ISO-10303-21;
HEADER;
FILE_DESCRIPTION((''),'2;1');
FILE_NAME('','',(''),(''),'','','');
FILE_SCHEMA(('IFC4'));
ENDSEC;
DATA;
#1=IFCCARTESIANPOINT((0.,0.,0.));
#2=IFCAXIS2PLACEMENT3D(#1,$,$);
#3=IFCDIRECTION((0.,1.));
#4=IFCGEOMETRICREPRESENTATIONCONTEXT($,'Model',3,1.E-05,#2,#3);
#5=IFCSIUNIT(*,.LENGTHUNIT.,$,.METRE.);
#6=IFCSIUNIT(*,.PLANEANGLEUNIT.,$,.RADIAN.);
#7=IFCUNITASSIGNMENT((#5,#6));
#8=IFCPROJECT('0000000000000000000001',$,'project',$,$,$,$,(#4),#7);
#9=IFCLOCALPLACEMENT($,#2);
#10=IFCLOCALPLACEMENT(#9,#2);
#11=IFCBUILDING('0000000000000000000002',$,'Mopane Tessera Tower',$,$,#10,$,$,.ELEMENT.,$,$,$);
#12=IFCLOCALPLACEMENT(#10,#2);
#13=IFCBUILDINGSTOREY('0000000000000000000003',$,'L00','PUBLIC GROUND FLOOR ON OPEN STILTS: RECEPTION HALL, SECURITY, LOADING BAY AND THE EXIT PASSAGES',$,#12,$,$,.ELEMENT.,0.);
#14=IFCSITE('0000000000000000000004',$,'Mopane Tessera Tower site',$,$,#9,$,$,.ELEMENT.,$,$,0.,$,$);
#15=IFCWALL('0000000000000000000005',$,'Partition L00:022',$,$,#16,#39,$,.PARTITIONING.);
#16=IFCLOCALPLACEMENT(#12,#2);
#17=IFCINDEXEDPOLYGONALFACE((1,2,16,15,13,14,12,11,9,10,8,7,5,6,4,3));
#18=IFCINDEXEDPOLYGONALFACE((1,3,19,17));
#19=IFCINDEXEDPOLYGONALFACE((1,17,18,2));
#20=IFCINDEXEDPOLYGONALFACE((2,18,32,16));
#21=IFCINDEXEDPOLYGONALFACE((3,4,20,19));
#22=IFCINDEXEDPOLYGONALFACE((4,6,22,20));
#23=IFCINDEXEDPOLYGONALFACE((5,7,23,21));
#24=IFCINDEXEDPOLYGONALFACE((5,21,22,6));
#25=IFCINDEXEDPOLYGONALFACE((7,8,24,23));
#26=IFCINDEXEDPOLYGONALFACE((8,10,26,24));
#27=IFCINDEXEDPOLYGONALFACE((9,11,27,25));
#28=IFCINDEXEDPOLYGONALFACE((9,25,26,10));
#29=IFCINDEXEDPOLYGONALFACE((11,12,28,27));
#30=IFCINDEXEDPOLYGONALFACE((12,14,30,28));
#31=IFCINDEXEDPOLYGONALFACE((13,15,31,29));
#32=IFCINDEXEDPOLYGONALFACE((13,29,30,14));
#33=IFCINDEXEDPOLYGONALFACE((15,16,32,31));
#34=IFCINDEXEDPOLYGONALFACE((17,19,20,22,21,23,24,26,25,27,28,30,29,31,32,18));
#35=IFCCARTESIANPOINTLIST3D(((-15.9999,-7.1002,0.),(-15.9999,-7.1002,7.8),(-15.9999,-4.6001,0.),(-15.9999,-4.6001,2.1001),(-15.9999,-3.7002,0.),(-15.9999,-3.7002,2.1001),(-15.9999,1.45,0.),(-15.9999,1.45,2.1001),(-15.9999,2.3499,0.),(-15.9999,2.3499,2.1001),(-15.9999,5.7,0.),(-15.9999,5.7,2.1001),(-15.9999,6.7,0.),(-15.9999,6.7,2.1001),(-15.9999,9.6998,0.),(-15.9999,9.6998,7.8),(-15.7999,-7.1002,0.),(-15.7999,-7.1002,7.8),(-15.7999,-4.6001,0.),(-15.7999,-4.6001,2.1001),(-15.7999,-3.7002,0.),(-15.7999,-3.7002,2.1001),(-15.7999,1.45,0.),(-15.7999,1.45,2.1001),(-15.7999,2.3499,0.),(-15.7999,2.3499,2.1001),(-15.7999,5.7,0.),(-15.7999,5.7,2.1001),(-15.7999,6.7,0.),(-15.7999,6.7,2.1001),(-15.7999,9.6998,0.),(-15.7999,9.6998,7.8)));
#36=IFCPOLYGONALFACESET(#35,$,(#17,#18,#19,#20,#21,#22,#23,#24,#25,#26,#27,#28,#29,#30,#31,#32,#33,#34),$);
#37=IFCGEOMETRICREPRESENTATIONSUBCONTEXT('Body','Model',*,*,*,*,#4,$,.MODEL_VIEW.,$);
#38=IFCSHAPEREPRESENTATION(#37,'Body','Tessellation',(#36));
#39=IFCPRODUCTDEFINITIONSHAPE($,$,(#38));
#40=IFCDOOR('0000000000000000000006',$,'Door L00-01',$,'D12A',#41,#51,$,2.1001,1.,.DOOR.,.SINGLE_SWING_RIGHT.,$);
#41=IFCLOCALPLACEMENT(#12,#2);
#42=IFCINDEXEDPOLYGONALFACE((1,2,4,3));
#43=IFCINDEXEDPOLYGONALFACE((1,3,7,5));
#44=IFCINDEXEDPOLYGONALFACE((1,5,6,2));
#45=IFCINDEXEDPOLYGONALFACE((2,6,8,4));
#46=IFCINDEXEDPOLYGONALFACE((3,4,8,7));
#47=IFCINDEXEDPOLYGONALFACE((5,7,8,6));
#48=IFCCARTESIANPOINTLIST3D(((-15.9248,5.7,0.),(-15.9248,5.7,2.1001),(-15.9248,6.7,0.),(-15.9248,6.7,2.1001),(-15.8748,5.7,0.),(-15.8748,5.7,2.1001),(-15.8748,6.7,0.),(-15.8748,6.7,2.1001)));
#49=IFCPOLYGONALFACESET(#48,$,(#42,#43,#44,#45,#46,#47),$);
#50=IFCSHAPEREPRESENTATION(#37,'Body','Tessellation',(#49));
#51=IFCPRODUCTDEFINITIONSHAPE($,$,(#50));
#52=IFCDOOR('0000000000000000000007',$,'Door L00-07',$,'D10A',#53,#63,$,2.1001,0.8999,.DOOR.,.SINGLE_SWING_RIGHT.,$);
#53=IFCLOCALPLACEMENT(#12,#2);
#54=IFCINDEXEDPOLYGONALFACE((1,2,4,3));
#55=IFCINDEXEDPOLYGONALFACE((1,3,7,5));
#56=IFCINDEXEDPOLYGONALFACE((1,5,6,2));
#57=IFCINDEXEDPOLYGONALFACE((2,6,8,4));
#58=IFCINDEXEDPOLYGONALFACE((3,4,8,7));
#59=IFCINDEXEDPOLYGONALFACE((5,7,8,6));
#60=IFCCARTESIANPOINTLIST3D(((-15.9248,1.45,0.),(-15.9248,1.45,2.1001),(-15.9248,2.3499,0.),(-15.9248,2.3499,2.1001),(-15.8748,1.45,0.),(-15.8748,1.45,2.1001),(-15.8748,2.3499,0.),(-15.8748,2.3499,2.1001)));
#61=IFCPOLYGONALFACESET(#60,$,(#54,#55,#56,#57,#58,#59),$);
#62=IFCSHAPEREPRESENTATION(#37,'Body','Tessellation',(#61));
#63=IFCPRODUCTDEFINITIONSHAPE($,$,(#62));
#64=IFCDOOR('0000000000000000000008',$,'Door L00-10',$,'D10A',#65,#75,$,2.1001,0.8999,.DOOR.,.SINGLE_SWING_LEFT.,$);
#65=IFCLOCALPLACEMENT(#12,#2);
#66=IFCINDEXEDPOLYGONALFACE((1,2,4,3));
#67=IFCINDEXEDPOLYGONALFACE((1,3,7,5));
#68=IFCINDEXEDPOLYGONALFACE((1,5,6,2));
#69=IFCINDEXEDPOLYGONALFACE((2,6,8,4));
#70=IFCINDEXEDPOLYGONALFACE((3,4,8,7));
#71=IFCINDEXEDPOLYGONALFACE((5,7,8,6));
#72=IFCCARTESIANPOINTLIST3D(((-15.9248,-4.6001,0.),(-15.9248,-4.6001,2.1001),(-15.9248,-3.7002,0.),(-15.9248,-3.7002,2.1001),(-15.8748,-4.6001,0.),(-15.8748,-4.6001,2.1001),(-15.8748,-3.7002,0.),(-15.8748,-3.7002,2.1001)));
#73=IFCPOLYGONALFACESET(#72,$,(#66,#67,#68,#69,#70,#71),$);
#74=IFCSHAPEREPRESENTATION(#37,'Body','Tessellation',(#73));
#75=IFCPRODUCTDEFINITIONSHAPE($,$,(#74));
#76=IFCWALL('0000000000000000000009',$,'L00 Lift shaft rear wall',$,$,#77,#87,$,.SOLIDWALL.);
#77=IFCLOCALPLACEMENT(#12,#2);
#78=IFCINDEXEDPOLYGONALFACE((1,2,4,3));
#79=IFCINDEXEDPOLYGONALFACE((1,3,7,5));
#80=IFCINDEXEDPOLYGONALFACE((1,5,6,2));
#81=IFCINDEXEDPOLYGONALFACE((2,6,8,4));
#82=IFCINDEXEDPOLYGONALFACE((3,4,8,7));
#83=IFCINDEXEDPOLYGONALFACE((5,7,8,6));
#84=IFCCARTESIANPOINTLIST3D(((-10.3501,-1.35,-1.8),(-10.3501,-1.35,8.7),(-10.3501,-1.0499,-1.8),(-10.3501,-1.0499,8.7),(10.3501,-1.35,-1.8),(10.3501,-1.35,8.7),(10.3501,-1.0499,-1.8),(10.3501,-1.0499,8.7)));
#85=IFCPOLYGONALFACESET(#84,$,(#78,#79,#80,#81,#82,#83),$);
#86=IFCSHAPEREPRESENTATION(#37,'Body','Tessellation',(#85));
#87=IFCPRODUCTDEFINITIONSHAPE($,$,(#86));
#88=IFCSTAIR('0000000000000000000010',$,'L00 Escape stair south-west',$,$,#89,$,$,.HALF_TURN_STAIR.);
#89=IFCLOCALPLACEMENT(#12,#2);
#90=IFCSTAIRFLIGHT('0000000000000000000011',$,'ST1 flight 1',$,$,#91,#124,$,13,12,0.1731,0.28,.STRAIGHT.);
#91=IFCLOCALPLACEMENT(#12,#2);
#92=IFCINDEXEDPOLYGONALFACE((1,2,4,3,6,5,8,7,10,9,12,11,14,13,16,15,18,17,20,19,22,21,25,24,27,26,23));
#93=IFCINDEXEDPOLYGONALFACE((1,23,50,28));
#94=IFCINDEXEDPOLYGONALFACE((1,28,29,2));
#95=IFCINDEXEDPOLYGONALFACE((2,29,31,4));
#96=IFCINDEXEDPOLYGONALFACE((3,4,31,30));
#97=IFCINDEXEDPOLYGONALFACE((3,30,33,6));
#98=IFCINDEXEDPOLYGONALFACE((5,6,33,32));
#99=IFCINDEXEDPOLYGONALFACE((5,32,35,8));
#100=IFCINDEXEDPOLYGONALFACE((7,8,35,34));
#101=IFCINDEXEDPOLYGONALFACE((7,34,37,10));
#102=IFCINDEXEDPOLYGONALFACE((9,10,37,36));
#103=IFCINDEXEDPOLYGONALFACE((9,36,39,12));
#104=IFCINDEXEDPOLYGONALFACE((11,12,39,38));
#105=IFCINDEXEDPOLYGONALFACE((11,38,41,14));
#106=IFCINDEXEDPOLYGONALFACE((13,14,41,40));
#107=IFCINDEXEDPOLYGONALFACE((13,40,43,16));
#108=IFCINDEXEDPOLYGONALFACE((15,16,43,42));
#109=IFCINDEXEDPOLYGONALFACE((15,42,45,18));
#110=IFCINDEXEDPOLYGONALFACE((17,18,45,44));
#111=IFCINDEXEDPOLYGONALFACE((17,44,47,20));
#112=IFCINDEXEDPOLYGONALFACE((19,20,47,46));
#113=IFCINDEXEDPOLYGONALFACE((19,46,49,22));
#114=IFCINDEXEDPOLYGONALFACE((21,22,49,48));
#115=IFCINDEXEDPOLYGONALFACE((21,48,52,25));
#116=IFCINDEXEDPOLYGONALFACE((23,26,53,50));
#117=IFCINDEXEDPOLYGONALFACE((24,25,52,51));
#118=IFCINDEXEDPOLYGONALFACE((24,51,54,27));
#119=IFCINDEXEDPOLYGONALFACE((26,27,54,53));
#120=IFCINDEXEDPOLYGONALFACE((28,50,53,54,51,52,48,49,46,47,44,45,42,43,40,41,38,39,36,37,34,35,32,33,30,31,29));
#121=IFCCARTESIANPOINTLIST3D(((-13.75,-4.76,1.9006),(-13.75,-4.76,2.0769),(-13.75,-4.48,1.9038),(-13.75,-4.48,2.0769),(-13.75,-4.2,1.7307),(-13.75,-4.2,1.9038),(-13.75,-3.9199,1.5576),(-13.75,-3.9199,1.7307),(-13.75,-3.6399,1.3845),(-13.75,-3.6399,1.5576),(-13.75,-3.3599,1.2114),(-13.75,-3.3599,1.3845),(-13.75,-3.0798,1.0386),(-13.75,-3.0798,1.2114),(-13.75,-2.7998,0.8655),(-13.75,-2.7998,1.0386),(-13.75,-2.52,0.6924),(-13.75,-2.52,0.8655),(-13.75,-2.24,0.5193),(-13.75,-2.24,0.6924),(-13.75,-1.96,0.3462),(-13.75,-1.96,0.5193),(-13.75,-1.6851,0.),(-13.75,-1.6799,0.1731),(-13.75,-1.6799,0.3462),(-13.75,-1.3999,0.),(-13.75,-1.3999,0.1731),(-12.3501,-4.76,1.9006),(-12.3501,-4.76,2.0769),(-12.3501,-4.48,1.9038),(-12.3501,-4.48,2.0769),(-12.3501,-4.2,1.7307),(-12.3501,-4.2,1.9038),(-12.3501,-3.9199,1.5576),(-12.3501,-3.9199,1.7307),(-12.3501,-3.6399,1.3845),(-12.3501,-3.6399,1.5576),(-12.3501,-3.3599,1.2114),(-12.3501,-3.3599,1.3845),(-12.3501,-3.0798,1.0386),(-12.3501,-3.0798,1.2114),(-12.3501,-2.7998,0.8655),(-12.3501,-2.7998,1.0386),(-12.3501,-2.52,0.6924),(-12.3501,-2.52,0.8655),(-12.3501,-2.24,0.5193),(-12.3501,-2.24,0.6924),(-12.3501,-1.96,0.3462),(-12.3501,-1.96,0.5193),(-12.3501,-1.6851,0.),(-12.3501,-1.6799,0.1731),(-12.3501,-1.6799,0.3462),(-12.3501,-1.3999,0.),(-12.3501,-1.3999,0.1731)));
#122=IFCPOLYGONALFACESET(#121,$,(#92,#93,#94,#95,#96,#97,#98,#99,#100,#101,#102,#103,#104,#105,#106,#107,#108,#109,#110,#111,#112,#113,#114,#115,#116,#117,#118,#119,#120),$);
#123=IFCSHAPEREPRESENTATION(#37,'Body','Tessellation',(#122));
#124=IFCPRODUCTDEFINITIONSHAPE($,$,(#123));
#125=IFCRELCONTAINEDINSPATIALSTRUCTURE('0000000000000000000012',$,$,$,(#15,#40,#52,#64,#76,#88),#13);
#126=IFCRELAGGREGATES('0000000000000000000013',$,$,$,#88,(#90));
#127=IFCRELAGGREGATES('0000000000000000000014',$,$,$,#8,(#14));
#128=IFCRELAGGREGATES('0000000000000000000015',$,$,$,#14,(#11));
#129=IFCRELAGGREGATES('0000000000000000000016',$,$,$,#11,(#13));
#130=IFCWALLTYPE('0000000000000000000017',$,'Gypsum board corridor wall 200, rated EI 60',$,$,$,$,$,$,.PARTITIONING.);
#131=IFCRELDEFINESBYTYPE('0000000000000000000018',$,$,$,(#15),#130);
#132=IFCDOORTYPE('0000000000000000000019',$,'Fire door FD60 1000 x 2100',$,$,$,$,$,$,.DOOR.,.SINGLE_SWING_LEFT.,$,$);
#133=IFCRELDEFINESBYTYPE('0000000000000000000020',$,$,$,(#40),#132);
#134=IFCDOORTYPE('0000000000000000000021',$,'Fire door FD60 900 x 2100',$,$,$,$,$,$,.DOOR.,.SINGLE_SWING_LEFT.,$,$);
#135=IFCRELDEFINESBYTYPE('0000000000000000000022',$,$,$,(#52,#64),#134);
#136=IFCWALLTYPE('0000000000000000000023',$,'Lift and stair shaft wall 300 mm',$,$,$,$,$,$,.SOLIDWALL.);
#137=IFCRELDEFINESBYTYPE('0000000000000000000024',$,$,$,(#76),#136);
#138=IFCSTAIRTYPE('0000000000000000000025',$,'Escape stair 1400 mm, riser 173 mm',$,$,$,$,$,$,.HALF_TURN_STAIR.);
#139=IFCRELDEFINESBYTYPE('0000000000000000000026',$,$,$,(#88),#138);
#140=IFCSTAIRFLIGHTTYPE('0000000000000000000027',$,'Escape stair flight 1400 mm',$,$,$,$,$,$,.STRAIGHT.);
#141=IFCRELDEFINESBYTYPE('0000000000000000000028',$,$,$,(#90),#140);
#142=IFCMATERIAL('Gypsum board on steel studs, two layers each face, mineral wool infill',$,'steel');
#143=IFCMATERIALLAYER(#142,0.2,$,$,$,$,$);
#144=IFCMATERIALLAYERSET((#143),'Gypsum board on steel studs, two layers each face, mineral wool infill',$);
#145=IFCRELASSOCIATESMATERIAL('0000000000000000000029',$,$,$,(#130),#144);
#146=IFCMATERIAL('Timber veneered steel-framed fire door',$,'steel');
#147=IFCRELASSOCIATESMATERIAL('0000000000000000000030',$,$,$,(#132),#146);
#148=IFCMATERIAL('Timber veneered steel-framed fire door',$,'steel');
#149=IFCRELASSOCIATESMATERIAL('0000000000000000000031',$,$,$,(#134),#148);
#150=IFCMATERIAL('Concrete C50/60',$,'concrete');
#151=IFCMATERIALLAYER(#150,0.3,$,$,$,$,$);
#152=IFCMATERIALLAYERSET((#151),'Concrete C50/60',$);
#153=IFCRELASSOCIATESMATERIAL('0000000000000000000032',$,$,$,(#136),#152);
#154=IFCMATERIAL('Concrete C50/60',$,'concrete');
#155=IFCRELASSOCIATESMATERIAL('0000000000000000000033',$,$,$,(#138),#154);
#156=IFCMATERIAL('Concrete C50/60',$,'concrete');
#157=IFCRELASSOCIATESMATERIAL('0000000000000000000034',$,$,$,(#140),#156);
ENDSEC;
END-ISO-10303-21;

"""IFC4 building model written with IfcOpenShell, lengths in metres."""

from ifc_helpers import new_model, si_unit, direction, frame, frame_2d, origin, place, context, subcontext, project, spatial, polyline, rectangle, outline, extrude, material, layer, layer_set, type_object, element, fill, aggregate, save


model = new_model("IFC4")

# Units and contexts
model_context = context("Model", 3, precision=1e-05, world=origin(), true_north=direction((0.0, 1.0)))
body_context = subcontext(model_context, "Body", "Model", "MODEL_VIEW")
ifc_project = project(units=[si_unit("LENGTHUNIT", "METRE"), si_unit("PLANEANGLEUNIT", "RADIAN")], contexts=[model_context])

# Site, building, storey
site_placement = place(None, origin())
site = spatial("IfcSite", under=ifc_project, at=site_placement, Name="Mopane Tessera Tower site", CompositionType="ELEMENT", RefElevation=0.0)
building_placement = place(site_placement, origin())
building = spatial("IfcBuilding", under=site, at=building_placement, Name="Mopane Tessera Tower", CompositionType="ELEMENT")
storey_placement = place(building_placement, origin())
storey = spatial("IfcBuildingStorey", under=building, at=storey_placement, Name="L00", Description="PUBLIC GROUND FLOOR ON OPEN STILTS: RECEPTION HALL, SECURITY, LOADING BAY AND THE EXIT PASSAGES", CompositionType="ELEMENT", Elevation=0.0)

# Wall, openings, doors
ifc_material_1 = material(Name="Gypsum board on steel studs, two layers each face, mineral wool infill", Category="steel")
ifc_layer_1 = layer(ifc_material_1, 0.2)
ifc_layer_set_1 = layer_set([ifc_layer_1], Name="Gypsum board on steel studs, two layers each face, mineral wool infill")
wall_type_1 = type_object("IfcWallType", Name="Gypsum board corridor wall 200, rated EI 60", PredefinedType="PARTITIONING", material=ifc_layer_set_1)
wall_1_placement = place(storey_placement, frame((-15.8999, -7.1001, 0.0), z_axis=(0.0, 0.0, 1.0), x_axis=(0.0, 1.0, 0.0)))
wall_1 = element("IfcWall", 1, at=wall_1_placement, inside=storey, type_object=wall_type_1, Name="Partition L00:022", PredefinedType="PARTITIONING", context=body_context, shape_type="SweptSolid", body=[
    extrude(rectangle(XDim=16.8, YDim=0.2, at=frame_2d((8.3999, 0.0))), origin(), (0.0, 0.0, 1.0), 7.8),
])
opening_1_placement = place(wall_1_placement, frame((12.8, 0.0, 0.0)))
opening_1 = element("IfcOpeningElement", 2, at=opening_1_placement, cuts=wall_1, PredefinedType="OPENING", context=body_context, shape_type="SweptSolid", body=[
    extrude(rectangle(XDim=1.0, YDim=2.1001, at=frame_2d((0.5, 1.05))), frame((0.0, 0.1121, 0.0), z_axis=(0.0, -1.0, 0.0), x_axis=(1.0, 0.0, 0.0)), (0.0, 0.0, 1.0), 0.2239),
])
opening_2_placement = place(wall_1_placement, frame((8.55, 0.0, 0.0)))
opening_2 = element("IfcOpeningElement", 3, at=opening_2_placement, cuts=wall_1, PredefinedType="OPENING", context=body_context, shape_type="SweptSolid", body=[
    extrude(rectangle(XDim=0.8999, YDim=2.1001, at=frame_2d((0.45, 1.05))), frame((0.0, 0.1121, 0.0), z_axis=(0.0, -1.0, 0.0), x_axis=(1.0, 0.0, 0.0)), (0.0, 0.0, 1.0), 0.2239),
])
opening_3_placement = place(wall_1_placement, frame((2.5, 0.0, 0.0)))
opening_3 = element("IfcOpeningElement", 4, at=opening_3_placement, cuts=wall_1, PredefinedType="OPENING", context=body_context, shape_type="SweptSolid", body=[
    extrude(rectangle(XDim=0.8999, YDim=2.1001, at=frame_2d((0.45, 1.05))), frame((0.0, 0.1121, 0.0), z_axis=(0.0, -1.0, 0.0), x_axis=(1.0, 0.0, 0.0)), (0.0, 0.0, 1.0), 0.2239),
])
ifc_material_2 = material(Name="Timber veneered steel-framed fire door", Category="steel")
door_type_1 = type_object("IfcDoorType", Name="Fire door FD60 1000 x 2100", OperationType="SINGLE_SWING_LEFT", PredefinedType="DOOR", material=ifc_material_2)
door_1_placement = place(opening_1_placement, origin())
door_1 = element("IfcDoor", 5, at=door_1_placement, inside=storey, type_object=door_type_1, Name="Door L00-01", ObjectType="D12A", OperationType="SINGLE_SWING_RIGHT", OverallHeight=2.1001, OverallWidth=1.0, PredefinedType="DOOR", context=body_context, shape_type="SweptSolid", body=[
    extrude(rectangle(XDim=1.0, YDim=2.1001, at=frame_2d((0.5, 1.05))), frame((0.0, 0.0249, 0.0), z_axis=(0.0, -1.0, 0.0), x_axis=(1.0, 0.0, 0.0)), (0.0, 0.0, 1.0), 0.05),
])
fill(opening_1, door_1)
ifc_material_3 = material(Name="Timber veneered steel-framed fire door", Category="steel")
door_type_2 = type_object("IfcDoorType", Name="Fire door FD60 900 x 2100", OperationType="SINGLE_SWING_LEFT", PredefinedType="DOOR", material=ifc_material_3)
door_2_placement = place(opening_2_placement, origin())
door_2 = element("IfcDoor", 6, at=door_2_placement, inside=storey, type_object=door_type_2, Name="Door L00-07", ObjectType="D10A", OperationType="SINGLE_SWING_RIGHT", OverallHeight=2.1001, OverallWidth=0.8999, PredefinedType="DOOR", context=body_context, shape_type="SweptSolid", body=[
    extrude(rectangle(XDim=0.8999, YDim=2.1001, at=frame_2d((0.45, 1.05))), frame((0.0, 0.0249, 0.0), z_axis=(0.0, -1.0, 0.0), x_axis=(1.0, 0.0, 0.0)), (0.0, 0.0, 1.0), 0.05),
])
fill(opening_2, door_2)
door_3_placement = place(opening_3_placement, origin())
door_3 = element("IfcDoor", 7, at=door_3_placement, inside=storey, type_object=door_type_2, Name="Door L00-10", ObjectType="D10A", OperationType="SINGLE_SWING_LEFT", OverallHeight=2.1001, OverallWidth=0.8999, PredefinedType="DOOR", context=body_context, shape_type="SweptSolid", body=[
    extrude(rectangle(XDim=0.8999, YDim=2.1001, at=frame_2d((0.45, 1.05))), frame((0.0, 0.0249, 0.0), z_axis=(0.0, -1.0, 0.0), x_axis=(1.0, 0.0, 0.0)), (0.0, 0.0, 1.0), 0.05),
])
fill(opening_3, door_3)

# Wall
ifc_material_4 = material(Name="Concrete C50/60", Category="concrete")
ifc_layer_2 = layer(ifc_material_4, 0.3)
ifc_layer_set_2 = layer_set([ifc_layer_2], Name="Concrete C50/60")
wall_type_2 = type_object("IfcWallType", Name="Lift and stair shaft wall 300 mm", PredefinedType="SOLIDWALL", material=ifc_layer_set_2)
wall_2_placement = place(storey_placement, frame((-10.3501, -1.2, -1.8), z_axis=(0.0, 0.0, 1.0), x_axis=(1.0, 0.0, 0.0)))
element("IfcWall", 8, at=wall_2_placement, inside=storey, type_object=wall_type_2, Name="L00 Lift shaft rear wall", PredefinedType="SOLIDWALL", context=body_context, shape_type="SweptSolid", body=[
    extrude(rectangle(XDim=20.7002, YDim=0.3, at=frame_2d((10.3501, 0.0))), origin(), (0.0, 0.0, 1.0), 10.5),
])

# Stair, stair flight
ifc_material_5 = material(Name="Concrete C50/60", Category="concrete")
stair_type = type_object("IfcStairType", Name="Escape stair 1400 mm, riser 173 mm", PredefinedType="HALF_TURN_STAIR", material=ifc_material_5)
stair_placement = place(storey_placement, origin())
stair = element("IfcStair", 9, at=stair_placement, inside=storey, type_object=stair_type, Name="L00 Escape stair south-west", PredefinedType="HALF_TURN_STAIR")
ifc_material_6 = material(Name="Concrete C50/60", Category="concrete")
stair_flight_type = type_object("IfcStairFlightType", Name="Escape stair flight 1400 mm", PredefinedType="STRAIGHT", material=ifc_material_6)
stair_flight_placement = place(storey_placement, frame((-13.05, -1.3999, 0.0), z_axis=(0.0, 0.0, 1.0), x_axis=(0.0, -1.0, 0.0)))
stair_flight = element("IfcStairFlight", 10, at=stair_flight_placement, type_object=stair_flight_type, Name="ST1 flight 1", NumberOfRisers=13, NumberOfTreads=12, PredefinedType="STRAIGHT", RiserHeight=0.1731, TreadLength=0.28, context=body_context, shape_type="SweptSolid", body=[
    extrude(outline(polyline([(0.0, 0.0), (0.0, 0.1731), (0.28, 0.1731), (0.28, 0.3462), (0.5601, 0.3462), (0.5601, 0.5193), (0.8401, 0.5193), (0.8401, 0.6924), (1.1201, 0.6924), (1.1201, 0.8655), (1.3999, 0.8655), (1.3999, 1.0386), (1.6799, 1.0386), (1.6799, 1.2114), (1.96, 1.2114), (1.96, 1.3845), (2.24, 1.3845), (2.24, 1.5576), (2.52, 1.5576), (2.52, 1.7307), (2.8, 1.7307), (2.8, 1.9038), (3.0801, 1.9038), (3.0801, 2.0769), (3.3601, 2.0769), (3.3601, 2.25), (3.3601, 1.9006), (0.2852, 0.0), (0.0, 0.0)])), frame((0.0, 0.7, 0.0), z_axis=(0.0, -1.0, 0.0), x_axis=(1.0, 0.0, 0.0)), (0.0, 0.0, 1.0), 1.3999),
])
aggregate(stair, [stair_flight])

save(model, "model.ifc")
